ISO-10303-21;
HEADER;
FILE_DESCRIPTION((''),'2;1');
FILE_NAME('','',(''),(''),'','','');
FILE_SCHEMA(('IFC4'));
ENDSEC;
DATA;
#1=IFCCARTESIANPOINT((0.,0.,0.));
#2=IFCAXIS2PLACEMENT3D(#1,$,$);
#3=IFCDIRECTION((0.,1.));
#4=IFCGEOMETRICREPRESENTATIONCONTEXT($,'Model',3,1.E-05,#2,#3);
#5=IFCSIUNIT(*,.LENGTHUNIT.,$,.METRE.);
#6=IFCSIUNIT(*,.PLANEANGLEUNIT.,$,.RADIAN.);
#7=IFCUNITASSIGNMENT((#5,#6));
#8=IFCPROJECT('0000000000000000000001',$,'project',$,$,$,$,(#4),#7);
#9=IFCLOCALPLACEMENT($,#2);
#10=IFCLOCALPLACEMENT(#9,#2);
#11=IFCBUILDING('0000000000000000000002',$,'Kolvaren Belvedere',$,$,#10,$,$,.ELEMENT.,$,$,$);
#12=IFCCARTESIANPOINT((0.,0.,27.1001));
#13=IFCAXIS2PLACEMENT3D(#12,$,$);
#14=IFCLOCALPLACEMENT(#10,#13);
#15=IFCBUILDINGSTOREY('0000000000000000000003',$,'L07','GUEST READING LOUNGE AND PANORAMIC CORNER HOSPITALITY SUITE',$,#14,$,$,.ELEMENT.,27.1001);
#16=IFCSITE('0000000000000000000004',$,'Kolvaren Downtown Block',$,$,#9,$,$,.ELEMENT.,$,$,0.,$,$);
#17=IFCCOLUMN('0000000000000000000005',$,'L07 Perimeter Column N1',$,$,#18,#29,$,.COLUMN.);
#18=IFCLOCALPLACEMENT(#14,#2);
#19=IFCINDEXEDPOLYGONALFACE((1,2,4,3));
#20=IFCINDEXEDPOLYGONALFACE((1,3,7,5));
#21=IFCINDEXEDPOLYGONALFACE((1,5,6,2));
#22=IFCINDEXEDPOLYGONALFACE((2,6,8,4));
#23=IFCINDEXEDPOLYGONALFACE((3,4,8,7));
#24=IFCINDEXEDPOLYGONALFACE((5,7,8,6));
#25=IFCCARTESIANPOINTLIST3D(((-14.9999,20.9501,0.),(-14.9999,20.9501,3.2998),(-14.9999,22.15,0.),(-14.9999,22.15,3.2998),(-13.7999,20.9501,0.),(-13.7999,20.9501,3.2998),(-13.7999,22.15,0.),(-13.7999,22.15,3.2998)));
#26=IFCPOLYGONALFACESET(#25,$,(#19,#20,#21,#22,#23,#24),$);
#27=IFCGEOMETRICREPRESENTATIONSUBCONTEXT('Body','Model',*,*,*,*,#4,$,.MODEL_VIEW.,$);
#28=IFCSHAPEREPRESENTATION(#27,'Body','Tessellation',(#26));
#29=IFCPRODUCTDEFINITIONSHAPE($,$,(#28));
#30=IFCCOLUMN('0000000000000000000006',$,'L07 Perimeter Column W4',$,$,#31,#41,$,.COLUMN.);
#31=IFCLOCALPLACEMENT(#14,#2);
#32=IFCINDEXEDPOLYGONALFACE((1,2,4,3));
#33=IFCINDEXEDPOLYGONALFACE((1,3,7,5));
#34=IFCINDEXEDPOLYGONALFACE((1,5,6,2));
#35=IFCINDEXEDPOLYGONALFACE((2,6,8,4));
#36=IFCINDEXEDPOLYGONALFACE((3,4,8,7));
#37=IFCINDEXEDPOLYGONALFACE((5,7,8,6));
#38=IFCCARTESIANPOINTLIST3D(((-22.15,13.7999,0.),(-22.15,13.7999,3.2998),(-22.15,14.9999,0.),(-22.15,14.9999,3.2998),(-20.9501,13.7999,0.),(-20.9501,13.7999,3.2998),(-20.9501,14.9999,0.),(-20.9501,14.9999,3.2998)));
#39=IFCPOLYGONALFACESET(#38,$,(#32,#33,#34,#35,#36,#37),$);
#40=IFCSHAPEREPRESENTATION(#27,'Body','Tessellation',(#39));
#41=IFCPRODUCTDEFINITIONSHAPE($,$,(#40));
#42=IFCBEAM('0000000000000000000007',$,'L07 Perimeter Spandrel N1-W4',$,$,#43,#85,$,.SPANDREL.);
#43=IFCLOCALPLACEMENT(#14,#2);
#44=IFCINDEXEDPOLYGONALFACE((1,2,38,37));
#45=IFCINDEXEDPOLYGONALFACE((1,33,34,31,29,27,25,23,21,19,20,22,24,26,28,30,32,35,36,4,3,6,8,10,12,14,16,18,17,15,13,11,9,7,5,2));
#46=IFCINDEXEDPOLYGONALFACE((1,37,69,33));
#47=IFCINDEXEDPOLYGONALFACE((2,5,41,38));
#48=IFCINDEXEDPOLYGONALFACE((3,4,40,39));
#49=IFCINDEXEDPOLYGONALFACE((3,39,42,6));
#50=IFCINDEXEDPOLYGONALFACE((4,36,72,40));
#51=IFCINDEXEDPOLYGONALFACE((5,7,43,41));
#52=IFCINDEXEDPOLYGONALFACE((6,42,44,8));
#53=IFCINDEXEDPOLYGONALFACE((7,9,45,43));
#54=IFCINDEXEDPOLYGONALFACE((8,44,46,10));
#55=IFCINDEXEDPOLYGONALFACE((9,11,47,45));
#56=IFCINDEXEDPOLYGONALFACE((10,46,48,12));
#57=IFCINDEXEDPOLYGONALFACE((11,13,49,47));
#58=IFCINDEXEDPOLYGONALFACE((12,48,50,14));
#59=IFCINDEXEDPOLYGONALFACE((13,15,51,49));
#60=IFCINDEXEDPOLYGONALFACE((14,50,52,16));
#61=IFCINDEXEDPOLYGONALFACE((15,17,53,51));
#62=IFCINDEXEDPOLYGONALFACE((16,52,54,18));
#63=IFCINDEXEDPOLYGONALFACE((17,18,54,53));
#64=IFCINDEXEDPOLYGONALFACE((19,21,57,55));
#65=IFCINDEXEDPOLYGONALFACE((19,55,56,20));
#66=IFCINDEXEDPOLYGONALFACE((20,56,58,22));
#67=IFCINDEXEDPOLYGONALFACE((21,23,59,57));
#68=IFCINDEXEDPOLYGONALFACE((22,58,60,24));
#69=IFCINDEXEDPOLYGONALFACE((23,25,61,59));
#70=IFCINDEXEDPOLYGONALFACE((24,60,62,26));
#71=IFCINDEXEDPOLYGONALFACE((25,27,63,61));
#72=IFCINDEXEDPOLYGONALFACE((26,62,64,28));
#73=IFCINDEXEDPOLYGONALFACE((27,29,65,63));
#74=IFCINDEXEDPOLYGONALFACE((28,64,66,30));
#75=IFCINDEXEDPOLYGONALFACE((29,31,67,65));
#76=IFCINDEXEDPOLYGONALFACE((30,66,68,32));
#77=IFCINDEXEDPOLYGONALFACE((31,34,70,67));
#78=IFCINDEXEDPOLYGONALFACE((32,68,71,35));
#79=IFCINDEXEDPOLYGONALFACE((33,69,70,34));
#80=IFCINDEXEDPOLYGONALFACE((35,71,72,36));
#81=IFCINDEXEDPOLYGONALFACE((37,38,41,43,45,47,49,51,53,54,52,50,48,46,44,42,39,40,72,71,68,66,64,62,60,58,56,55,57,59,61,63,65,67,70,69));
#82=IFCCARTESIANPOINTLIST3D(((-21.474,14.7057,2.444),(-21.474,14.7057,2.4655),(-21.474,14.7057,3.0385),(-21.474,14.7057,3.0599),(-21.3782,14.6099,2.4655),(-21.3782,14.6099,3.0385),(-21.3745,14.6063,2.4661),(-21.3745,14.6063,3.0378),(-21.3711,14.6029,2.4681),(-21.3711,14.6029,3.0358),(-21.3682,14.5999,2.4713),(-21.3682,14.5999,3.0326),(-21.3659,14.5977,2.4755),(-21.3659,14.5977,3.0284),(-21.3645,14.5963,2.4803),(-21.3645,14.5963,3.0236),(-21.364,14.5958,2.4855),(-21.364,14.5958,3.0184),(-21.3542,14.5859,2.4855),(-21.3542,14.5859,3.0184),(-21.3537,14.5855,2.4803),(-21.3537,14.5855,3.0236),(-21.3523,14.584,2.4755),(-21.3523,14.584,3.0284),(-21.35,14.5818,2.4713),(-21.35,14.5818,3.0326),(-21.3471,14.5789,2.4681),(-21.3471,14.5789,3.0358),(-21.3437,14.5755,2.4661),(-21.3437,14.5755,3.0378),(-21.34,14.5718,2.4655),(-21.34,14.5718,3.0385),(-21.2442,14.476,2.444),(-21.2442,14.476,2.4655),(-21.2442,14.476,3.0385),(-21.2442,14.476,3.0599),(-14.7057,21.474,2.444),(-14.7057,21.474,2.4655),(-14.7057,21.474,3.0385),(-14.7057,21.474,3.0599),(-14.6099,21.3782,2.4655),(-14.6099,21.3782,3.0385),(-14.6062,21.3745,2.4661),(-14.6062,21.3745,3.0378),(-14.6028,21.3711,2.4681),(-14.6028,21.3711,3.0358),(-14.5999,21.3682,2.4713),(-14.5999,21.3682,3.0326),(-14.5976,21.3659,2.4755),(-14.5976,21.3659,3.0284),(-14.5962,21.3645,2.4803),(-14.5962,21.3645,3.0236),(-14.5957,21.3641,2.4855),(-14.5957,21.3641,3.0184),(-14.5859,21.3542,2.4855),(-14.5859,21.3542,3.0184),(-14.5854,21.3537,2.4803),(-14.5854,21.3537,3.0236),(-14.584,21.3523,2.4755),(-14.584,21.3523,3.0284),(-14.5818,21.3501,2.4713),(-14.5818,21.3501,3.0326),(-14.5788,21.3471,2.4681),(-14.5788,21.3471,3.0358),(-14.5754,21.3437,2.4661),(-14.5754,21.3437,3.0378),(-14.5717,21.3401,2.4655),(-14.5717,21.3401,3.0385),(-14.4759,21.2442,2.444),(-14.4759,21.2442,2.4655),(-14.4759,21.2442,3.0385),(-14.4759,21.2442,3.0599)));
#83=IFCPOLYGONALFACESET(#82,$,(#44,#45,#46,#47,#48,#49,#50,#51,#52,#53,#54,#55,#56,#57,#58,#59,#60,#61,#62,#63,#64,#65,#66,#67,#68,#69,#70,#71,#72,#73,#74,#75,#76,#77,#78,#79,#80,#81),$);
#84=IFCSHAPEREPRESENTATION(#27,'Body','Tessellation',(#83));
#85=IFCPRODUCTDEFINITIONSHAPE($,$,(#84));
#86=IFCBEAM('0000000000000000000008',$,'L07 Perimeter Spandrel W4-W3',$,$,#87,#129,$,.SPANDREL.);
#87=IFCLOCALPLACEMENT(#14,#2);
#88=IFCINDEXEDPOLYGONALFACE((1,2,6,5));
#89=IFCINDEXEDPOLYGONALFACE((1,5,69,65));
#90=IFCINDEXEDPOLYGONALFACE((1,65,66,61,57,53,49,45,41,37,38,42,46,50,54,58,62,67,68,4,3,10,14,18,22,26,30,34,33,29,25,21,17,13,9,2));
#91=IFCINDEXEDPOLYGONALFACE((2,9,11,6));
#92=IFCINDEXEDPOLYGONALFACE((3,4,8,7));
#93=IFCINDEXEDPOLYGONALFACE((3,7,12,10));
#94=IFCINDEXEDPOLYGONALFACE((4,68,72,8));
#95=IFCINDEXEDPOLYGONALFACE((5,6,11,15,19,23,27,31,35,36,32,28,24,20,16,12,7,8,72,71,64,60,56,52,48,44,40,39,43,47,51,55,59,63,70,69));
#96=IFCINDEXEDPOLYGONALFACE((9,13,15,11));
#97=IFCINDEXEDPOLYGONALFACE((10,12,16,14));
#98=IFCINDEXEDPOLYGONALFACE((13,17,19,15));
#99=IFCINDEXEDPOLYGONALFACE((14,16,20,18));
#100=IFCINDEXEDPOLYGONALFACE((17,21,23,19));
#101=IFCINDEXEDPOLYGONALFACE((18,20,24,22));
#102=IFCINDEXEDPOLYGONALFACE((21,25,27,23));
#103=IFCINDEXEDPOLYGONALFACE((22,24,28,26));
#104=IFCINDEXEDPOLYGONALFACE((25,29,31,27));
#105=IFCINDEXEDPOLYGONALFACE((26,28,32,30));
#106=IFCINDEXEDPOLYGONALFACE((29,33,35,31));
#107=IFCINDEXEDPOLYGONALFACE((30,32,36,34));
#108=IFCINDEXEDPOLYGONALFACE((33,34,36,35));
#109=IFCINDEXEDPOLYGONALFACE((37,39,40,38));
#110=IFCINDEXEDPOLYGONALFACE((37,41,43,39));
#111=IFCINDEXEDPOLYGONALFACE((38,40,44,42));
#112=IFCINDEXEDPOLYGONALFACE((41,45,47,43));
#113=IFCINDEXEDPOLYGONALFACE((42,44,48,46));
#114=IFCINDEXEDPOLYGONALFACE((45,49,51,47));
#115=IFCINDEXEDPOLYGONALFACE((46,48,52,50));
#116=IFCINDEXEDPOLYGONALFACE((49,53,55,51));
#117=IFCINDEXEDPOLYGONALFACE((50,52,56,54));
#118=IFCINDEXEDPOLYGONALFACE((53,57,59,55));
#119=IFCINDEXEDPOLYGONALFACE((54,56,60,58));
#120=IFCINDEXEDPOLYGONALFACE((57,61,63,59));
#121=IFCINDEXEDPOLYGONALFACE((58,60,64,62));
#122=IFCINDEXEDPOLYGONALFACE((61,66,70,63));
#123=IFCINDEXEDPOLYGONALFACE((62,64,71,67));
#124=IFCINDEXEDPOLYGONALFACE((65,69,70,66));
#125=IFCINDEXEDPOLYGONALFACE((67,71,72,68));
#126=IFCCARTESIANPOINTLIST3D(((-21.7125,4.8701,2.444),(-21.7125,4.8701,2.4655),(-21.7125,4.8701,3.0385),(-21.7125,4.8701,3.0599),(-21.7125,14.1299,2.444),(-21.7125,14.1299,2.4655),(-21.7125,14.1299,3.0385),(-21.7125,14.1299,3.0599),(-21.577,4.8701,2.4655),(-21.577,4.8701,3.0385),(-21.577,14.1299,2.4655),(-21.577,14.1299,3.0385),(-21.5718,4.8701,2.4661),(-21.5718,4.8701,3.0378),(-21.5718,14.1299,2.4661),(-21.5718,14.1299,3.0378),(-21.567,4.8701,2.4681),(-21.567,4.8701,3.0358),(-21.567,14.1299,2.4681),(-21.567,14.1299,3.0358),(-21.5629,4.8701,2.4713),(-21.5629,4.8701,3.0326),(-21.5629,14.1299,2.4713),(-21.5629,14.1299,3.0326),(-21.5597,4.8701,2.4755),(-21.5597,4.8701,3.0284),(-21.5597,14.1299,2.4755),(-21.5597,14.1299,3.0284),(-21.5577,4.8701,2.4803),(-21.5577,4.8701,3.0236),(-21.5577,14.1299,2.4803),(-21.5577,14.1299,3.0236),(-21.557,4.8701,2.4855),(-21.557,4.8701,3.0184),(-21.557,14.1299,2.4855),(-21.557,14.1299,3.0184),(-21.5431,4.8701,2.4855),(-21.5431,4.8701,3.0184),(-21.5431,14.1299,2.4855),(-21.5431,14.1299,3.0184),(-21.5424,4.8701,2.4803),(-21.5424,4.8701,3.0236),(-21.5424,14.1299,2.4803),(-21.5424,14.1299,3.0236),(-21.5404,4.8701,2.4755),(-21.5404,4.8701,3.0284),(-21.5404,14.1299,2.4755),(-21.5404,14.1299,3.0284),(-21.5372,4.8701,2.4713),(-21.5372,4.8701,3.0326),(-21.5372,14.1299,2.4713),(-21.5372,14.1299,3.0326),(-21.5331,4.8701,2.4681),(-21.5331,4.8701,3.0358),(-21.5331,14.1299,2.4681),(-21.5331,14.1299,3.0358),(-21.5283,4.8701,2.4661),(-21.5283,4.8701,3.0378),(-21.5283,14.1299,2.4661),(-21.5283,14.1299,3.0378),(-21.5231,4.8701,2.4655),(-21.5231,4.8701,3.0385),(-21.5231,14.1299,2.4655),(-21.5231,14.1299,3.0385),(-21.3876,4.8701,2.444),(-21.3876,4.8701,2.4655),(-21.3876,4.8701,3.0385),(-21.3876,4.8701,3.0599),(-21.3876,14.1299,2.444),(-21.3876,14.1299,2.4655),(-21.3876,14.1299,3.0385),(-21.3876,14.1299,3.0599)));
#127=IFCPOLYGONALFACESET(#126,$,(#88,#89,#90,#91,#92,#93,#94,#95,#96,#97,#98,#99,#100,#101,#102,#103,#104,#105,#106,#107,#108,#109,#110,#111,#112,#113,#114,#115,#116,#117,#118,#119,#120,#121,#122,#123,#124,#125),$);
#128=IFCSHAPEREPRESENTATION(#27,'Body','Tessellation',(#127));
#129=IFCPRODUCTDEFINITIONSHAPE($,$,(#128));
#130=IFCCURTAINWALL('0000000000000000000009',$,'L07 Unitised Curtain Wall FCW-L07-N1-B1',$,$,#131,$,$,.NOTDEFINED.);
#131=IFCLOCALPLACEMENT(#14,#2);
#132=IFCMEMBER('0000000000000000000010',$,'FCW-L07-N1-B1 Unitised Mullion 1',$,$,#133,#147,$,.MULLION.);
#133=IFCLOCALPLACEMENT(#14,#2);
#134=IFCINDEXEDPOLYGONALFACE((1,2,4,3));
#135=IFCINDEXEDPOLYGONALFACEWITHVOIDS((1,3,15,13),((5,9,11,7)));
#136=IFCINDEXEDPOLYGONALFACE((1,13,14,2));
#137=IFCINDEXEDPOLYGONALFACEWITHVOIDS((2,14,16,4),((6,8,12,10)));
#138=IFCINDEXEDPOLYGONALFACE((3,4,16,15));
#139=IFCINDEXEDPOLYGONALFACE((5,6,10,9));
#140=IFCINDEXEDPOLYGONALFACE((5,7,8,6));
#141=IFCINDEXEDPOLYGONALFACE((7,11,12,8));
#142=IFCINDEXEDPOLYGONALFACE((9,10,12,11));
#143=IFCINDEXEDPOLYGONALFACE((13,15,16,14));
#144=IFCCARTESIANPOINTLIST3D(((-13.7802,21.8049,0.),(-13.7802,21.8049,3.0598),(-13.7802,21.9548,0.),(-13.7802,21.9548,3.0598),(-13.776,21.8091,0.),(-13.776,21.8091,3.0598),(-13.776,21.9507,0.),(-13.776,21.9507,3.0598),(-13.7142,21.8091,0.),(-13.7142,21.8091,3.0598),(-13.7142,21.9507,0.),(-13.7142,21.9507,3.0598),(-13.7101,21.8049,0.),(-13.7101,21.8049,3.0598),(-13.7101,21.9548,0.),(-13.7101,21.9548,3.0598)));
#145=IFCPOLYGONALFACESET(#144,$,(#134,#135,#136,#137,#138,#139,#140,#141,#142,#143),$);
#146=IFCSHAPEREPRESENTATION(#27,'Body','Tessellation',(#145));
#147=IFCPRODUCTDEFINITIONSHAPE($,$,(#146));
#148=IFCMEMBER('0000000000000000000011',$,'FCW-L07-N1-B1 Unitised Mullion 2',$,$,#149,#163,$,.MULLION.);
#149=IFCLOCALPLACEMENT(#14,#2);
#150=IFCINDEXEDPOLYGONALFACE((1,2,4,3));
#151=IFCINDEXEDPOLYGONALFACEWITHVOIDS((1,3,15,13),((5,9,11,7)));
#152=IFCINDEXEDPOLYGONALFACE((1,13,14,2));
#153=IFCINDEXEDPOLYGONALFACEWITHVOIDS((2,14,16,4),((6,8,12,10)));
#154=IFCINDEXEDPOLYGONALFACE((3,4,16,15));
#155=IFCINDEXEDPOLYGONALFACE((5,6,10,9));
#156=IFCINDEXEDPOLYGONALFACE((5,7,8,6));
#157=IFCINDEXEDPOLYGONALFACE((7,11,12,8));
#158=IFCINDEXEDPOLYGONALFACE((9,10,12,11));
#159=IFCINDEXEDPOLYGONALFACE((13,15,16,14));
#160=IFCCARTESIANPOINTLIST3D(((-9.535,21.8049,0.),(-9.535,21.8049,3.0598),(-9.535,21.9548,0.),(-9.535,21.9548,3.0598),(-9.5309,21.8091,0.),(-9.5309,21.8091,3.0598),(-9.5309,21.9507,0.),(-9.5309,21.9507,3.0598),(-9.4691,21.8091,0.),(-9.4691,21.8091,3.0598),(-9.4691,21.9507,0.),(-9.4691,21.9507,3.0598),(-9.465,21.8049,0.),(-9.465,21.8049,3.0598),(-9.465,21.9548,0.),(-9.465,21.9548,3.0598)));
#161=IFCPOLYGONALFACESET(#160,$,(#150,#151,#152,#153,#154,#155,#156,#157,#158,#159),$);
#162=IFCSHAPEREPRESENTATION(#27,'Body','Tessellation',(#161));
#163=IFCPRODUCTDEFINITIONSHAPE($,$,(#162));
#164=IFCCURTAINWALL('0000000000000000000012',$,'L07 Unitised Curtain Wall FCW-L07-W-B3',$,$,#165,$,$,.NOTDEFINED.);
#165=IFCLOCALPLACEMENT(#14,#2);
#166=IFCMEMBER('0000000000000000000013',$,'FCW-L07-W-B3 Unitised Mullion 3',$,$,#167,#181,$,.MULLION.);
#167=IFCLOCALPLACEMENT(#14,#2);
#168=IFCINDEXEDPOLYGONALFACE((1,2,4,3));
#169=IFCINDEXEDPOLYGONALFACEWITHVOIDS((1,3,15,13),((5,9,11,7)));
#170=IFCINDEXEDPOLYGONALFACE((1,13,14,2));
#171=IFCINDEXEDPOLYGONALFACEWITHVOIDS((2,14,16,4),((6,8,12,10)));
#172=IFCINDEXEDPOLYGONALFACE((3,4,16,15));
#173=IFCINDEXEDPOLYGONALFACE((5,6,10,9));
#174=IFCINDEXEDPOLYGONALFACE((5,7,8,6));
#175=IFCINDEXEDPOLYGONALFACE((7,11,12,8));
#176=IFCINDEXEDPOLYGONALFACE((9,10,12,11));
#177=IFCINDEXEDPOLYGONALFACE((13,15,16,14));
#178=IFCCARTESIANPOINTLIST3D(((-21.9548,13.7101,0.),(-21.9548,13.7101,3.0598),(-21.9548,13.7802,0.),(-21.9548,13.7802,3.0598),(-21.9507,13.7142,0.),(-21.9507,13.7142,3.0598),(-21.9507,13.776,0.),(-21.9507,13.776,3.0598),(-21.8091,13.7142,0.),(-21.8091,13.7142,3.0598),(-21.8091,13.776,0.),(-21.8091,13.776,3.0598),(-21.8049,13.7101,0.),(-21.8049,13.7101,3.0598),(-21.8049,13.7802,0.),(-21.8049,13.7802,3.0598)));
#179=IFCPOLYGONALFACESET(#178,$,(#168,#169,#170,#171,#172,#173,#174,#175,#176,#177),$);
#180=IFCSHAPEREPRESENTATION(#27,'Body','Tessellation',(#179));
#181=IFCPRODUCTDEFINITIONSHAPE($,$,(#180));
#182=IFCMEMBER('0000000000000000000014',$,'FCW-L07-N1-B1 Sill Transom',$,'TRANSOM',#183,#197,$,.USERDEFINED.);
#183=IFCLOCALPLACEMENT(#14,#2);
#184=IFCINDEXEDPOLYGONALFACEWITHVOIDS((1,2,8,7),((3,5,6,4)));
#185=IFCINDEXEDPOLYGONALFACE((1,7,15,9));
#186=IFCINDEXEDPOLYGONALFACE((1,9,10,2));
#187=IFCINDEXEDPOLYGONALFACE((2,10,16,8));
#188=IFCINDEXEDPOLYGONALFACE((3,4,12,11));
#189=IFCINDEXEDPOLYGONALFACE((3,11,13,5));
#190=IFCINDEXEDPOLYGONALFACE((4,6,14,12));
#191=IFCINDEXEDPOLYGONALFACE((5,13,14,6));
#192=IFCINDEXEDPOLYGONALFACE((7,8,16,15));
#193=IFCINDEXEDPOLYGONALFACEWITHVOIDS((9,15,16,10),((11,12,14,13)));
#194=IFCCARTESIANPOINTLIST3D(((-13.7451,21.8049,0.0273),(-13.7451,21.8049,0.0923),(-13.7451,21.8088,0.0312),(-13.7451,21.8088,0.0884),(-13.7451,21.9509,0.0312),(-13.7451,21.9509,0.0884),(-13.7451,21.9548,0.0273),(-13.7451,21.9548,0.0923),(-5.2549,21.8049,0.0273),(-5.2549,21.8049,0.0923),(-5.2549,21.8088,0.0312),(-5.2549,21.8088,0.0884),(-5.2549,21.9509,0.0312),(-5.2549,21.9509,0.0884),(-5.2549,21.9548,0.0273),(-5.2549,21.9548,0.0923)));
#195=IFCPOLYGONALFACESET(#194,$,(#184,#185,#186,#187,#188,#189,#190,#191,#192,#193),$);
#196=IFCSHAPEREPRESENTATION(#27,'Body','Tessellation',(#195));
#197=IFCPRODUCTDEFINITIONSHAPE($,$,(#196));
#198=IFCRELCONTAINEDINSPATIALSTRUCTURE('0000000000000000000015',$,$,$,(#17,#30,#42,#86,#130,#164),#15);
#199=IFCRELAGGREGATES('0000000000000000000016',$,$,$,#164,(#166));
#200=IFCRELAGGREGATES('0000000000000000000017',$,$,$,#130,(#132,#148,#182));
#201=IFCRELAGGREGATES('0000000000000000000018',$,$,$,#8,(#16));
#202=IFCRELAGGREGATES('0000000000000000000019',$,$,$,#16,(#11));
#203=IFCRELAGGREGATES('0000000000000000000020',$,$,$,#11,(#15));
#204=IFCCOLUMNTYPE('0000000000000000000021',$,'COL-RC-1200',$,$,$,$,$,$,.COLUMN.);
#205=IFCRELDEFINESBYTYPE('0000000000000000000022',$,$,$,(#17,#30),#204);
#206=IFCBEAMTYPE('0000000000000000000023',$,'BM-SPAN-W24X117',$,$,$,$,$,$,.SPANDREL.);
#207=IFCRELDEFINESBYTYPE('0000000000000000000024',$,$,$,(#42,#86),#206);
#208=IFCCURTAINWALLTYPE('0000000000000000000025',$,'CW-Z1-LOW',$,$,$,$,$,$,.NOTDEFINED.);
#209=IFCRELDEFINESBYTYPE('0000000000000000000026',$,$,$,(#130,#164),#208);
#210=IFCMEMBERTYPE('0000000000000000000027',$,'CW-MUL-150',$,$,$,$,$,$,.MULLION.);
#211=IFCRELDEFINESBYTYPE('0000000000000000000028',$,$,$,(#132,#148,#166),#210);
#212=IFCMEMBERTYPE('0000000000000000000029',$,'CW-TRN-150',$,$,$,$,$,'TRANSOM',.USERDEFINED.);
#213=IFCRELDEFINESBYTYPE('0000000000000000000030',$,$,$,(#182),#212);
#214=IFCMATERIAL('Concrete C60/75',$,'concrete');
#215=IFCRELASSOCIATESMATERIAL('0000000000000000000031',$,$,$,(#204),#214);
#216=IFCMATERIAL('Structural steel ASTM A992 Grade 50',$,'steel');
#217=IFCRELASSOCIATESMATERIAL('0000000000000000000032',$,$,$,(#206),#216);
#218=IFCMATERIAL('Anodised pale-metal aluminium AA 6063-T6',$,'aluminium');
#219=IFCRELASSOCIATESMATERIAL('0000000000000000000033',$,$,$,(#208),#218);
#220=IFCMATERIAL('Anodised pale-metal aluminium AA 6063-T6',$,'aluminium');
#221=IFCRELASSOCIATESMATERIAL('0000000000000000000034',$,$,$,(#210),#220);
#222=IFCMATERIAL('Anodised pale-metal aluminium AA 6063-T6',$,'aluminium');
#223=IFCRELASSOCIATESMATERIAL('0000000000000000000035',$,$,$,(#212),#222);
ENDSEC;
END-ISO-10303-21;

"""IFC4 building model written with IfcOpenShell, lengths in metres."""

from ifc_helpers import new_model, si_unit, direction, frame, origin, origin_2d, place, context, subcontext, project, spatial, rectangle, hollow_rectangle, i_section, extrude, material, material_profile, profile_set, type_object, element, aggregate, save


model = new_model("IFC4")

# Units and contexts
model_context = context("Model", 3, precision=1e-05, world=origin(), true_north=direction((0.0, 1.0)))
body_context = subcontext(model_context, "Body", "Model", "MODEL_VIEW")
ifc_project = project(units=[si_unit("LENGTHUNIT", "METRE"), si_unit("PLANEANGLEUNIT", "RADIAN")], contexts=[model_context])

# Site, building, storey
site_placement = place(None, origin())
site = spatial("IfcSite", under=ifc_project, at=site_placement, Name="Kolvaren Downtown Block", CompositionType="ELEMENT", RefElevation=0.0)
building_placement = place(site_placement, origin())
building = spatial("IfcBuilding", under=site, at=building_placement, Name="Kolvaren Belvedere", CompositionType="ELEMENT")
storey_placement = place(building_placement, frame((0.0, 0.0, 27.1001)))
storey = spatial("IfcBuildingStorey", under=building, at=storey_placement, Name="L07", Description="GUEST READING LOUNGE AND PANORAMIC CORNER HOSPITALITY SUITE", CompositionType="ELEMENT", Elevation=27.1001)

# Columns
ifc_material_1 = material(Name="Concrete C60/75", Category="concrete")
ifc_material_profile_1 = material_profile(ifc_material_1, rectangle(XDim=1.2, YDim=1.2, at=origin_2d()), Name="RC 1200X1200")
ifc_profile_set_1 = profile_set([ifc_material_profile_1], Name="Concrete C60/75")
column_type = type_object("IfcColumnType", Name="COL-RC-1200", PredefinedType="COLUMN", material=ifc_profile_set_1)
for number, where, z_axis, x_axis, name in (
    (1, (-14.3999, 21.55, 0.0), (0.0, 0.0, 1.0), (1.0, 0.0, 0.0), "L07 Perimeter Column N1"),
    (2, (-21.55, 14.3999, 0.0), (0.0, 0.0, 1.0), (1.0, 0.0, 0.0), "L07 Perimeter Column W4"),
):
    element("IfcColumn", number, at=place(storey_placement, frame(where, z_axis=z_axis, x_axis=x_axis)), inside=storey, type_object=column_type, Name=name, PredefinedType="COLUMN", context=body_context, shape_type="SweptSolid", body=[
        extrude(rectangle(XDim=1.2, YDim=1.2, at=origin_2d()), origin(), (0.0, 0.0, 1.0), 3.2998),
    ])

# Beams
ifc_material_2 = material(Name="Structural steel ASTM A992 Grade 50", Category="steel")
ifc_material_profile_2 = material_profile(ifc_material_2, i_section(OverallWidth=0.325, OverallDepth=0.616, WebThickness=0.0139, FlangeThickness=0.0215, FilletRadius=0.02, at=origin_2d()), Name="W24X117")
ifc_profile_set_2 = profile_set([ifc_material_profile_2], Name="Structural steel ASTM A992 Grade 50")
beam_type = type_object("IfcBeamType", Name="BM-SPAN-W24X117", PredefinedType="SPANDREL", material=ifc_profile_set_2)
beam_1_placement = place(storey_placement, frame((-14.5908, 21.3591, 2.752), z_axis=(-0.707107, -0.707107, 0.0), x_axis=(0.707107, -0.707107, 0.0)))
element("IfcBeam", 3, at=beam_1_placement, inside=storey, type_object=beam_type, Name="L07 Perimeter Spandrel N1-W4", PredefinedType="SPANDREL", context=body_context, shape_type="SweptSolid", body=[
    extrude(i_section(OverallWidth=0.325, OverallDepth=0.616, WebThickness=0.0139, FlangeThickness=0.0215, FilletRadius=0.02, at=origin_2d()), origin(), (0.0, 0.0, 1.0), 9.5718),
])
beam_2_placement = place(storey_placement, frame((-21.55, 14.1299, 2.752), z_axis=(0.0, -1.0, 0.0), x_axis=(1.0, 0.0, 0.0)))
element("IfcBeam", 4, at=beam_2_placement, inside=storey, type_object=beam_type, Name="L07 Perimeter Spandrel W4-W3", PredefinedType="SPANDREL", context=body_context, shape_type="SweptSolid", body=[
    extrude(i_section(OverallWidth=0.325, OverallDepth=0.616, WebThickness=0.0139, FlangeThickness=0.0215, FilletRadius=0.02, at=origin_2d()), origin(), (0.0, 0.0, 1.0), 9.2598),
])

# Curtain wall, members
ifc_material_3 = material(Name="Anodised pale-metal aluminium AA 6063-T6", Category="aluminium")
curtain_wall_type = type_object("IfcCurtainWallType", Name="CW-Z1-LOW", PredefinedType="NOTDEFINED", material=ifc_material_3)
curtain_wall_1_placement = place(storey_placement, origin())
curtain_wall_1 = element("IfcCurtainWall", 5, at=curtain_wall_1_placement, inside=storey, type_object=curtain_wall_type, Name="L07 Unitised Curtain Wall FCW-L07-N1-B1", PredefinedType="NOTDEFINED")
ifc_material_4 = material(Name="Anodised pale-metal aluminium AA 6063-T6", Category="aluminium")
ifc_material_profile_3 = material_profile(ifc_material_4, hollow_rectangle(XDim=0.0701, YDim=0.1499, WallThickness=0.0042, at=origin_2d()), Name="ALU-MUL-150X70")
ifc_profile_set_3 = profile_set([ifc_material_profile_3], Name="Anodised pale-metal aluminium AA 6063-T6")
member_type_1 = type_object("IfcMemberType", Name="CW-MUL-150", PredefinedType="MULLION", material=ifc_profile_set_3)
member_1_placement = place(storey_placement, frame((-13.7451, 21.8799, 0.0), z_axis=(0.0, 0.0, 1.0), x_axis=(1.0, 0.0, 0.0)))
member_1 = element("IfcMember", 6, at=member_1_placement, type_object=member_type_1, Name="FCW-L07-N1-B1 Unitised Mullion 1", PredefinedType="MULLION", context=body_context, shape_type="SweptSolid", body=[
    extrude(hollow_rectangle(XDim=0.0701, YDim=0.1499, WallThickness=0.0042, at=origin_2d()), origin(), (0.0, 0.0, 1.0), 3.0598),
])
member_2_placement = place(storey_placement, frame((-9.5, 21.8799, 0.0), z_axis=(0.0, 0.0, 1.0), x_axis=(1.0, 0.0, 0.0)))
member_2 = element("IfcMember", 7, at=member_2_placement, type_object=member_type_1, Name="FCW-L07-N1-B1 Unitised Mullion 2", PredefinedType="MULLION", context=body_context, shape_type="SweptSolid", body=[
    extrude(hollow_rectangle(XDim=0.0701, YDim=0.1499, WallThickness=0.0042, at=origin_2d()), origin(), (0.0, 0.0, 1.0), 3.0598),
])

# Curtain wall, member
curtain_wall_2_placement = place(storey_placement, origin())
curtain_wall_2 = element("IfcCurtainWall", 8, at=curtain_wall_2_placement, inside=storey, type_object=curtain_wall_type, Name="L07 Unitised Curtain Wall FCW-L07-W-B3", PredefinedType="NOTDEFINED")
member_3_placement = place(storey_placement, frame((-21.8799, 13.7451, 0.0), z_axis=(0.0, 0.0, 1.0), x_axis=(0.0, 1.0, 0.0)))
member_3 = element("IfcMember", 9, at=member_3_placement, type_object=member_type_1, Name="FCW-L07-W-B3 Unitised Mullion 3", PredefinedType="MULLION", context=body_context, shape_type="SweptSolid", body=[
    extrude(hollow_rectangle(XDim=0.0701, YDim=0.1499, WallThickness=0.0042, at=origin_2d()), origin(), (0.0, 0.0, 1.0), 3.0598),
])
aggregate(curtain_wall_2, [member_3])

# Member
ifc_material_5 = material(Name="Anodised pale-metal aluminium AA 6063-T6", Category="aluminium")
ifc_material_profile_4 = material_profile(ifc_material_5, hollow_rectangle(XDim=0.0649, YDim=0.1499, WallThickness=0.0039, at=origin_2d()), Name="ALU-TRN-150X65")
ifc_profile_set_4 = profile_set([ifc_material_profile_4], Name="Anodised pale-metal aluminium AA 6063-T6")
member_type_2 = type_object("IfcMemberType", Name="CW-TRN-150", ElementType="TRANSOM", PredefinedType="USERDEFINED", material=ifc_profile_set_4)
member_4_placement = place(storey_placement, frame((-13.7451, 21.8799, 0.0598), z_axis=(1.0, 0.0, 0.0), x_axis=(0.0, 0.0, 1.0)))
member_4 = element("IfcMember", 10, at=member_4_placement, type_object=member_type_2, Name="FCW-L07-N1-B1 Sill Transom", ObjectType="TRANSOM", PredefinedType="USERDEFINED", context=body_context, shape_type="SweptSolid", body=[
    extrude(hollow_rectangle(XDim=0.0649, YDim=0.1499, WallThickness=0.0039, at=origin_2d()), origin(), (0.0, 0.0, 1.0), 8.4902),
])

aggregate(curtain_wall_1, [member_1, member_2, member_4])

save(model, "model.ifc")
